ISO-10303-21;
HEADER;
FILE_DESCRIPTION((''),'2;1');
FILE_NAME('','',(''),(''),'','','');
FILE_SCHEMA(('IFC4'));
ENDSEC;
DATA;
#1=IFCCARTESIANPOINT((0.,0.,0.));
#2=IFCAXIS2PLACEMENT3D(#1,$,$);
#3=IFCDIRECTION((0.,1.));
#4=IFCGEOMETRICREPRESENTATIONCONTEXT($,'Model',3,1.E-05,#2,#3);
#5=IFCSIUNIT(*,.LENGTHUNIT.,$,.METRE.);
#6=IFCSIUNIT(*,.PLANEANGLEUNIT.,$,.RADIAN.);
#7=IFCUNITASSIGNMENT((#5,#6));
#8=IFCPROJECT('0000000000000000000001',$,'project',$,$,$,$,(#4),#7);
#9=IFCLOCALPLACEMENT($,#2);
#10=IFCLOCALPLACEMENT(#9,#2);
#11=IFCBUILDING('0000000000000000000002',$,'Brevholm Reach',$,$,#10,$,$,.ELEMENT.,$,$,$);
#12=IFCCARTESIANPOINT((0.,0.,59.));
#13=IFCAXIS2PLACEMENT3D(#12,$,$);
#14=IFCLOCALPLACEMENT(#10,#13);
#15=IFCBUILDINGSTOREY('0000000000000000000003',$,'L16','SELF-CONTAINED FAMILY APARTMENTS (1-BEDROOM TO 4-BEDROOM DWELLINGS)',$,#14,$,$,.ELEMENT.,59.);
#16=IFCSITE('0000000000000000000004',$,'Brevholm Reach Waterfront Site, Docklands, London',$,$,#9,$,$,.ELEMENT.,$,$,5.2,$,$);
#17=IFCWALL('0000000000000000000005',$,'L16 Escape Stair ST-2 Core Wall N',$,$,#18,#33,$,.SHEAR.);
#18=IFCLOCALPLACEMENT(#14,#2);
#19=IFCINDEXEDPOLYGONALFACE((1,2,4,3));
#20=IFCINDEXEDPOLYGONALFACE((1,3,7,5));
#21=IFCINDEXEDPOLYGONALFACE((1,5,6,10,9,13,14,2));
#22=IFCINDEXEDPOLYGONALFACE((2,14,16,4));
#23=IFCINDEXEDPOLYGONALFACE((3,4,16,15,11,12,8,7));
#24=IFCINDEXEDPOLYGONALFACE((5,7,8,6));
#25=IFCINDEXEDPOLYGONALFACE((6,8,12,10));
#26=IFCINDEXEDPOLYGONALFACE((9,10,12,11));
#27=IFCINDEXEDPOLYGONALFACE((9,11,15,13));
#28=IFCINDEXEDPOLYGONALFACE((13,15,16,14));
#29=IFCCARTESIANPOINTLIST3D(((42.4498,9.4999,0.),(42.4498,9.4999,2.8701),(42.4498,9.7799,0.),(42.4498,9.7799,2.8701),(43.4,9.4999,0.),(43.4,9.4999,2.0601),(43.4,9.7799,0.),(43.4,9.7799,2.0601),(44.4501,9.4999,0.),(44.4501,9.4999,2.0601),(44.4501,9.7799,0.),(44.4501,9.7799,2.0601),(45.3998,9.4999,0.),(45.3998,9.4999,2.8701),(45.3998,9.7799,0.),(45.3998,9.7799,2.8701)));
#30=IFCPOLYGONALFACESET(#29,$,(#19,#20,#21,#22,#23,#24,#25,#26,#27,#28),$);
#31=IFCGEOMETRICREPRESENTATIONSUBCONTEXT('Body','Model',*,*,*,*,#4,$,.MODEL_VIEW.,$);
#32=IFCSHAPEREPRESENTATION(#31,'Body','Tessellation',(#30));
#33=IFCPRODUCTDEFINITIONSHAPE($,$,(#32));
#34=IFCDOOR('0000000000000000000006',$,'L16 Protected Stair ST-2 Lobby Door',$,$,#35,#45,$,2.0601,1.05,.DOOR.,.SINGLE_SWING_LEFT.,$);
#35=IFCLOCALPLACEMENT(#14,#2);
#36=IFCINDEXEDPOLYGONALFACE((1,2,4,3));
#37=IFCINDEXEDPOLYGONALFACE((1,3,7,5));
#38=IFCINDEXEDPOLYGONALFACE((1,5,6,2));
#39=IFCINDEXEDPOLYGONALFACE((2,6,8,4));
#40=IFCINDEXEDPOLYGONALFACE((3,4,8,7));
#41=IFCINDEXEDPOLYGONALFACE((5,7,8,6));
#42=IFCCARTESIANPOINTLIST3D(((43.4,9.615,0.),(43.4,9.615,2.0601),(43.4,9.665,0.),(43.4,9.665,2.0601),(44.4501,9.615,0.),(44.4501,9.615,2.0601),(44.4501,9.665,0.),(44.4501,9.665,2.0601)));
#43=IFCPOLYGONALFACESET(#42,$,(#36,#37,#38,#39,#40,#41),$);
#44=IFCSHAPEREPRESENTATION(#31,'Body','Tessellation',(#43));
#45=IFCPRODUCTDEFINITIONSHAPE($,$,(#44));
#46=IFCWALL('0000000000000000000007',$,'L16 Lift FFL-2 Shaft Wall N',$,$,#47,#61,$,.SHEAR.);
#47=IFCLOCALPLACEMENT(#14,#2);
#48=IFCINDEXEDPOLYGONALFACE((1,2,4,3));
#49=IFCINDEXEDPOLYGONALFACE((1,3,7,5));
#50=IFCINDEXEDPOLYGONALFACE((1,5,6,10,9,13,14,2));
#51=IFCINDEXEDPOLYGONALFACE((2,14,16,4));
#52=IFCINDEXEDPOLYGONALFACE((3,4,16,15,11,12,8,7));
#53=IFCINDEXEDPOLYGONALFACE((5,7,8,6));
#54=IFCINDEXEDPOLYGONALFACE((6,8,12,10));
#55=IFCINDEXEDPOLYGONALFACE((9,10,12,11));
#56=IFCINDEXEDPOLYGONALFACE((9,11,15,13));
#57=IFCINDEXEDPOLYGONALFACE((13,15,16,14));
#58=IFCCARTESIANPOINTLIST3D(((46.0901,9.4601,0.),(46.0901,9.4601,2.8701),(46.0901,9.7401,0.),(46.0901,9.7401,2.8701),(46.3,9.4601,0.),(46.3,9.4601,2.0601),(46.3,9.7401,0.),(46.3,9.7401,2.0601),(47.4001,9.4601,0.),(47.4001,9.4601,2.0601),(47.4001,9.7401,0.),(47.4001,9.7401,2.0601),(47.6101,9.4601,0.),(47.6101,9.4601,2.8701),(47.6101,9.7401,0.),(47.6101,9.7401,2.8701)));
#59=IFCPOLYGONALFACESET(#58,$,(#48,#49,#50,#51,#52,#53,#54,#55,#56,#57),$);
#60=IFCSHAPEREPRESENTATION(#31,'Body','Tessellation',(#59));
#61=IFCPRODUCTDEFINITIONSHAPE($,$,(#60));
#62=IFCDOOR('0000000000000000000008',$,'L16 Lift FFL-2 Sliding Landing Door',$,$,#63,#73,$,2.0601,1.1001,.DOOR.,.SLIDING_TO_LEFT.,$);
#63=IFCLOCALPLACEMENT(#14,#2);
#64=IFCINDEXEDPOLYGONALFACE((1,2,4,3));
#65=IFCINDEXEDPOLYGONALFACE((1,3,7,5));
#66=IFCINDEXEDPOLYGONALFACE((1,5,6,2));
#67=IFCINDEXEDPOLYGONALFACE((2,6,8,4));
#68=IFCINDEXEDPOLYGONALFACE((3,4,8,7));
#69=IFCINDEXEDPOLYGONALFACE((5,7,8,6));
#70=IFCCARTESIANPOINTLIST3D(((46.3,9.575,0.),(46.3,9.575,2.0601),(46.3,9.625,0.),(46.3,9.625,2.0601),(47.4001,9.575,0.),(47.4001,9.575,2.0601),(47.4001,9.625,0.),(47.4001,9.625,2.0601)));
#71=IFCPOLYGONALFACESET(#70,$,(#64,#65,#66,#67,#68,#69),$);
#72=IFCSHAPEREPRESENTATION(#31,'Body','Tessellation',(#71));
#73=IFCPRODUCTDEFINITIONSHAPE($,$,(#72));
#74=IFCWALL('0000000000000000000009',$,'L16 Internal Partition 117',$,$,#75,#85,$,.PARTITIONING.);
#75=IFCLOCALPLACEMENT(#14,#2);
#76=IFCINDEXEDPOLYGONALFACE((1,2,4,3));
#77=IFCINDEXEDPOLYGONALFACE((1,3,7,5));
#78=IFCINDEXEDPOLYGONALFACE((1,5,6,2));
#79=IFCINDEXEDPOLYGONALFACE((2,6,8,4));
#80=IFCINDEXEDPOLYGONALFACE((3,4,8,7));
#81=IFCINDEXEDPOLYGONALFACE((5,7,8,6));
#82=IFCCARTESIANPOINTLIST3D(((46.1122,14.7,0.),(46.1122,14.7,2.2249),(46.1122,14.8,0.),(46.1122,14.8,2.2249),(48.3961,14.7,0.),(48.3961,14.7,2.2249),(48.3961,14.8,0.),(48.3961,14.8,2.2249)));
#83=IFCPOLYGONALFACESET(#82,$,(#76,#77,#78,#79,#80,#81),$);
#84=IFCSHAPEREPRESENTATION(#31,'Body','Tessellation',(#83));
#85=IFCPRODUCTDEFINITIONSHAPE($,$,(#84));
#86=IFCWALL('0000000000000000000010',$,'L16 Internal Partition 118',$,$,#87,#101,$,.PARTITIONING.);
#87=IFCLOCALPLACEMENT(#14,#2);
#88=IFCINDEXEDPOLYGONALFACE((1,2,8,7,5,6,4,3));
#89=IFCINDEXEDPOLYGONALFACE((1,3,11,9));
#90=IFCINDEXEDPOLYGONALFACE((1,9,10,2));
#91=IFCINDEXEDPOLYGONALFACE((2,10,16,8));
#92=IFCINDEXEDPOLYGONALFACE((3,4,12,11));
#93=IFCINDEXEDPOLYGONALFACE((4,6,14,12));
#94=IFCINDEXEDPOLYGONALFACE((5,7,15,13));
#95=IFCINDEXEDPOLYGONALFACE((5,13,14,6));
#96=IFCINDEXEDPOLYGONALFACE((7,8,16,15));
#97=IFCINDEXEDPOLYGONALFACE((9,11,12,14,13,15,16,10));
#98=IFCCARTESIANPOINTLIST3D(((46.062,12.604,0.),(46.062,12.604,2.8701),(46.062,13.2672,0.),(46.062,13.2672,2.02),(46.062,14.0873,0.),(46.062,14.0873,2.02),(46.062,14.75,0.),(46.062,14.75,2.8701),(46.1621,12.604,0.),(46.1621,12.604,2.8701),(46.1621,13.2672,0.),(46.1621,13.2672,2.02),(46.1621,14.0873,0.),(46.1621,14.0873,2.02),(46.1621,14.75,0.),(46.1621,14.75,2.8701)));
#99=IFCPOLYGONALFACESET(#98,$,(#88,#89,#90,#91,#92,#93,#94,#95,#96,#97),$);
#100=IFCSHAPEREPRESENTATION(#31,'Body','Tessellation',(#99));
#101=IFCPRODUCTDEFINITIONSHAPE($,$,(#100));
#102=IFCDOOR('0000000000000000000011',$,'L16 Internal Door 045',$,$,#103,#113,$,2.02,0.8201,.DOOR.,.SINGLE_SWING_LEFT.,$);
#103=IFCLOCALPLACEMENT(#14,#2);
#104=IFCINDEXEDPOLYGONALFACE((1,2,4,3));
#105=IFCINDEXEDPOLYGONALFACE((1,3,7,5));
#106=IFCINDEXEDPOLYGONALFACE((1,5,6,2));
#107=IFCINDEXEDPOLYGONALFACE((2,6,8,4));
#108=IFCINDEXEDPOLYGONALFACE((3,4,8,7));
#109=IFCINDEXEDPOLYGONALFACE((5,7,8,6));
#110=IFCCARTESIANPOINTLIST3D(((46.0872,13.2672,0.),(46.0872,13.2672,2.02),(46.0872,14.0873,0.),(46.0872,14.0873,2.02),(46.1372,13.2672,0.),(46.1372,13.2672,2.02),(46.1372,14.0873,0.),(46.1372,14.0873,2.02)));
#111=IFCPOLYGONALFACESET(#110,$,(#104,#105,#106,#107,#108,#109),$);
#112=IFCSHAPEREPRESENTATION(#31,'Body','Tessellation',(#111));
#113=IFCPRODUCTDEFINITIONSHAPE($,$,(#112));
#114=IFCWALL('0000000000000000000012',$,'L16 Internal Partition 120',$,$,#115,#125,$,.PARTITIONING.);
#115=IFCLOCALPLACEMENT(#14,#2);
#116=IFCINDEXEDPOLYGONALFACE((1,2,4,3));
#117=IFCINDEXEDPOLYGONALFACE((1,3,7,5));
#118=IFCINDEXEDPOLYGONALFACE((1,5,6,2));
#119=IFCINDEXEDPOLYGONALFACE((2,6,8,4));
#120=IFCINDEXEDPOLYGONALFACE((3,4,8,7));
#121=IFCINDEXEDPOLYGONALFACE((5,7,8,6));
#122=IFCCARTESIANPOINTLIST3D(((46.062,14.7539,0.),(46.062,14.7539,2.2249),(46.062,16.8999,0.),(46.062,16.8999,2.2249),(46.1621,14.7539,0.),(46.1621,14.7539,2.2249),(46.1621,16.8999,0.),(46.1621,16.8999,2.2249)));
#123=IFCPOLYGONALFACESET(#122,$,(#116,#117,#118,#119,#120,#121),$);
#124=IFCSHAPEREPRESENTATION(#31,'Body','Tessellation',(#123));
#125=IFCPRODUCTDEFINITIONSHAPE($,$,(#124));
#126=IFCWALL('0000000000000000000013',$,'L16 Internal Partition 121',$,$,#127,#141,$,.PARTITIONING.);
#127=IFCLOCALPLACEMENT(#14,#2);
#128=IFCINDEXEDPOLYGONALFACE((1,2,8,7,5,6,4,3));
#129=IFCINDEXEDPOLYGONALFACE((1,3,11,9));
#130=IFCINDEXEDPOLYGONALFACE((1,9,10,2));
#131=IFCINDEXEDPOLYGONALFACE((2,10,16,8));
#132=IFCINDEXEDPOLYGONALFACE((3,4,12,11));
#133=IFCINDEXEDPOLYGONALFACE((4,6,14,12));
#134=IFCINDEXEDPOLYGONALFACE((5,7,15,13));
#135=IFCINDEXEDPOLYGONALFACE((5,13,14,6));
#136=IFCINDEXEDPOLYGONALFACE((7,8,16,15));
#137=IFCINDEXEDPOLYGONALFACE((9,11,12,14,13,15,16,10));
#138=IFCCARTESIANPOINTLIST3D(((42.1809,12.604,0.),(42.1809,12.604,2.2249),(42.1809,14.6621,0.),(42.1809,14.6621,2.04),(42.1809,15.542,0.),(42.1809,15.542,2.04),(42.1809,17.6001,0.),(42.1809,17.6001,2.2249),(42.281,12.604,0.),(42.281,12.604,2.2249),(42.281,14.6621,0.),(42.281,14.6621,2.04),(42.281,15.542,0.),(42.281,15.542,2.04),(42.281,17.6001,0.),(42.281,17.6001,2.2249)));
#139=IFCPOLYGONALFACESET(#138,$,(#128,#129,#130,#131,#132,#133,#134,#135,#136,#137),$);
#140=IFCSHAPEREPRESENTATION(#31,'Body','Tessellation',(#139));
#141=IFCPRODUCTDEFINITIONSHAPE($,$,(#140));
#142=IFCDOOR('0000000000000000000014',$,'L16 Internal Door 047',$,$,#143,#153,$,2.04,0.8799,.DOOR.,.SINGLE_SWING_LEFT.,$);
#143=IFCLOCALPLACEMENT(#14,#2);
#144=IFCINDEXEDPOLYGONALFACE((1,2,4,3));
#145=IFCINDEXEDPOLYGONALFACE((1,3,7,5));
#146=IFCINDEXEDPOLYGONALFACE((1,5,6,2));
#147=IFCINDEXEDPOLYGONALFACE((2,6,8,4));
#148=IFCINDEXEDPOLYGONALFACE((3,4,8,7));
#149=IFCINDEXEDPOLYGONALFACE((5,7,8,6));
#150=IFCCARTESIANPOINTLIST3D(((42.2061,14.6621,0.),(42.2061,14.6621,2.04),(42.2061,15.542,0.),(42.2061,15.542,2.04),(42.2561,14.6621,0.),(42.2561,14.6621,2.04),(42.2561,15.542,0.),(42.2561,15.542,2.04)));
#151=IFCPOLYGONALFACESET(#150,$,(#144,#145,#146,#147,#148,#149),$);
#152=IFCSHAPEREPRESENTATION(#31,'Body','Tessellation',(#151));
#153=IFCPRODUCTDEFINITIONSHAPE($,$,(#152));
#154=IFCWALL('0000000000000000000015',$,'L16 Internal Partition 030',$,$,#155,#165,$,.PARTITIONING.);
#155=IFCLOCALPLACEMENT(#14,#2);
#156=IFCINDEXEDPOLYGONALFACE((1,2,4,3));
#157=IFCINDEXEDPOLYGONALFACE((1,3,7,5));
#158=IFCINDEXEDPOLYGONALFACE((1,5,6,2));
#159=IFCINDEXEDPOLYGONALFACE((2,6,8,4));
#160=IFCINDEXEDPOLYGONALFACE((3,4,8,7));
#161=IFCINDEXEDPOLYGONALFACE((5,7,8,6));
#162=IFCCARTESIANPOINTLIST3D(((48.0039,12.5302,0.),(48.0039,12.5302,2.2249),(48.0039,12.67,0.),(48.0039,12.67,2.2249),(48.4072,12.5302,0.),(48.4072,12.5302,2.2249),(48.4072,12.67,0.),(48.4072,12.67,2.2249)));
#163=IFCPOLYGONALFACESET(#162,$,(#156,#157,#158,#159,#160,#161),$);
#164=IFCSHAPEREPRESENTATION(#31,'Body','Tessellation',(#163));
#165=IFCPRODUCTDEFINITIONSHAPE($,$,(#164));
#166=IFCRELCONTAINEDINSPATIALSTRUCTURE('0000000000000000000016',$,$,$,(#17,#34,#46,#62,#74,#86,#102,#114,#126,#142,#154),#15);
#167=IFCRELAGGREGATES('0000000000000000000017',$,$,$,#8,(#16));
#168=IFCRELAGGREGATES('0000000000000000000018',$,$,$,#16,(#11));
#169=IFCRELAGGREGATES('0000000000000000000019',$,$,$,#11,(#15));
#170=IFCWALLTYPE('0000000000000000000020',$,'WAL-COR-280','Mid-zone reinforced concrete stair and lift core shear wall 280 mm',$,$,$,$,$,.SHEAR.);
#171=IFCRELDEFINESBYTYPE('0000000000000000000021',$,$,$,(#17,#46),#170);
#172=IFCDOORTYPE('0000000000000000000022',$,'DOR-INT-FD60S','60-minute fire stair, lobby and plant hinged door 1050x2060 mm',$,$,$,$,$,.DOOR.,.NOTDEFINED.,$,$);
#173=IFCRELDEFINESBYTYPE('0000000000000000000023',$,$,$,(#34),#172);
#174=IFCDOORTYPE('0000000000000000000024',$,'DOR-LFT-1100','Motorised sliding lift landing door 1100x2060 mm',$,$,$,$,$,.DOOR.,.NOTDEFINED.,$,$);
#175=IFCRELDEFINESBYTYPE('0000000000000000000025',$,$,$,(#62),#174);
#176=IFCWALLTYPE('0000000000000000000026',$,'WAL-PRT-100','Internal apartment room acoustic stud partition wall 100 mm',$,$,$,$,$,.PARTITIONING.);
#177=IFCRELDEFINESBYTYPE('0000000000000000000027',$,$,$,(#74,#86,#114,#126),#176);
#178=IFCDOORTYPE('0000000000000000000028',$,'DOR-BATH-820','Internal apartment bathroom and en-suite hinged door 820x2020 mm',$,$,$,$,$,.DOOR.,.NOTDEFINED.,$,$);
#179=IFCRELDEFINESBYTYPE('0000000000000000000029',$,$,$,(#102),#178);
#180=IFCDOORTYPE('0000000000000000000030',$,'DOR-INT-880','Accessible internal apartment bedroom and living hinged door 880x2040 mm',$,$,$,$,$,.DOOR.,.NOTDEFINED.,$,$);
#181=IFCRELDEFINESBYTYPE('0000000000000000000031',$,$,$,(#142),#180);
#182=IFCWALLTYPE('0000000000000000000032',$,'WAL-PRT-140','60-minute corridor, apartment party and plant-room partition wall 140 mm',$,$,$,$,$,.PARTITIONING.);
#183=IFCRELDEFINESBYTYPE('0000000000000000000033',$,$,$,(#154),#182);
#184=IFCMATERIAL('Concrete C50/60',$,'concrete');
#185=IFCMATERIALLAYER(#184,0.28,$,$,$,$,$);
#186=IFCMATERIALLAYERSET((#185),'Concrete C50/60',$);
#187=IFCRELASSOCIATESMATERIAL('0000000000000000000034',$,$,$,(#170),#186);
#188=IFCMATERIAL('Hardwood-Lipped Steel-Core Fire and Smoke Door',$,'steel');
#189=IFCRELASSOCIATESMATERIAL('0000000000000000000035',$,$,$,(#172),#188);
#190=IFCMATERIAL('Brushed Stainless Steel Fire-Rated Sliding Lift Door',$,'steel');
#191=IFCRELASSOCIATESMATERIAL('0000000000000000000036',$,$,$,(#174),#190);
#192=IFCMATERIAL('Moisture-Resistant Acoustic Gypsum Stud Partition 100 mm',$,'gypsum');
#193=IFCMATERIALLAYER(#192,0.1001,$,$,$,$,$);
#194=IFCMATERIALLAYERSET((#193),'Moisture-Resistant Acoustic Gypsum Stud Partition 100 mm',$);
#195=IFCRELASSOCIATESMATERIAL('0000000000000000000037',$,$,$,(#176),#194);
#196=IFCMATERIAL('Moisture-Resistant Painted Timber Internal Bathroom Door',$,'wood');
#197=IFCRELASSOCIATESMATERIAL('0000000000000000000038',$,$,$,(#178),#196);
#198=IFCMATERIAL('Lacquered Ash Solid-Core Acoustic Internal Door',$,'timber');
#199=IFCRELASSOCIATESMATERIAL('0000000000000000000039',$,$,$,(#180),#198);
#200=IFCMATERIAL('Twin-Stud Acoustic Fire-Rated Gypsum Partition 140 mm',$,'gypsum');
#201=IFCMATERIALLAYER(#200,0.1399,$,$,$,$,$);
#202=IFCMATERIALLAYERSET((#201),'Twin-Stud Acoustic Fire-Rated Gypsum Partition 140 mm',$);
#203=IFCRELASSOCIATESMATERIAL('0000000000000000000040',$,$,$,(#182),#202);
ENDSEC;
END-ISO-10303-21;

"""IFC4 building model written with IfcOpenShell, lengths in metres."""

from ifc_helpers import new_model, si_unit, direction, frame, frame_2d, origin, place, context, subcontext, project, spatial, rectangle, extrude, material, layer, layer_set, type_object, element, fill, save


model = new_model("IFC4")

# Units and contexts
model_context = context("Model", 3, precision=1e-05, world=origin(), true_north=direction((0.0, 1.0)))
body_context = subcontext(model_context, "Body", "Model", "MODEL_VIEW")
ifc_project = project(units=[si_unit("LENGTHUNIT", "METRE"), si_unit("PLANEANGLEUNIT", "RADIAN")], contexts=[model_context])

# Site, building, storey
site_placement = place(None, origin())
site = spatial("IfcSite", under=ifc_project, at=site_placement, Name="Brevholm Reach Waterfront Site, Docklands, London", CompositionType="ELEMENT", RefElevation=5.2)
building_placement = place(site_placement, origin())
building = spatial("IfcBuilding", under=site, at=building_placement, Name="Brevholm Reach", CompositionType="ELEMENT")
storey_placement = place(building_placement, frame((0.0, 0.0, 59.0)))
storey = spatial("IfcBuildingStorey", under=building, at=storey_placement, Name="L16", Description="SELF-CONTAINED FAMILY APARTMENTS (1-BEDROOM TO 4-BEDROOM DWELLINGS)", CompositionType="ELEMENT", Elevation=59.0)

# Walls, openings, doors
ifc_material_1 = material(Name="Concrete C50/60", Category="concrete")
ifc_layer_1 = layer(ifc_material_1, 0.28)
ifc_layer_set_1 = layer_set([ifc_layer_1], Name="Concrete C50/60")
wall_type_1 = type_object("IfcWallType", Name="WAL-COR-280", Description="Mid-zone reinforced concrete stair and lift core shear wall 280 mm", PredefinedType="SHEAR", material=ifc_layer_set_1)
wall_1_placement = place(storey_placement, frame((45.3999, 9.6399, 0.0), z_axis=(0.0, 0.0, 1.0), x_axis=(-1.0, 0.0, 0.0)))
wall_1 = element("IfcWall", 1, at=wall_1_placement, inside=storey, type_object=wall_type_1, Name="L16 Escape Stair ST-2 Core Wall N", PredefinedType="SHEAR", context=body_context, shape_type="SweptSolid", body=[
    extrude(rectangle(XDim=2.95, YDim=0.28, at=frame_2d((1.4751, 0.0))), origin(), (0.0, 0.0, 1.0), 2.8701),
])
opening_1_placement = place(wall_1_placement, frame((0.95, 0.0, 0.0)))
opening_1 = element("IfcOpeningElement", 2, at=opening_1_placement, cuts=wall_1, PredefinedType="OPENING", context=body_context, shape_type="SweptSolid", body=[
    extrude(rectangle(XDim=1.05, YDim=2.0601, at=frame_2d((0.5249, 1.03))), frame((0.0, 0.1499, 0.0), z_axis=(0.0, -1.0, 0.0), x_axis=(1.0, 0.0, 0.0)), (0.0, 0.0, 1.0), 0.3),
])
ifc_material_2 = material(Name="Hardwood-Lipped Steel-Core Fire and Smoke Door", Category="steel")
door_type_1 = type_object("IfcDoorType", Name="DOR-INT-FD60S", Description="60-minute fire stair, lobby and plant hinged door 1050x2060 mm", OperationType="NOTDEFINED", PredefinedType="DOOR", material=ifc_material_2)
door_1_placement = place(opening_1_placement, origin())
door_1 = element("IfcDoor", 3, at=door_1_placement, inside=storey, type_object=door_type_1, Name="L16 Protected Stair ST-2 Lobby Door", OperationType="SINGLE_SWING_LEFT", OverallHeight=2.0601, OverallWidth=1.05, PredefinedType="DOOR", context=body_context, shape_type="SweptSolid", body=[
    extrude(rectangle(XDim=1.05, YDim=2.0601, at=frame_2d((0.5249, 1.03))), frame((0.0, 0.0249, 0.0), z_axis=(0.0, -1.0, 0.0), x_axis=(1.0, 0.0, 0.0)), (0.0, 0.0, 1.0), 0.05),
])
fill(opening_1, door_1)
wall_2_placement = place(storey_placement, frame((46.0901, 9.6001, 0.0), z_axis=(0.0, 0.0, 1.0), x_axis=(1.0, 0.0, 0.0)))
wall_2 = element("IfcWall", 4, at=wall_2_placement, inside=storey, type_object=wall_type_1, Name="L16 Lift FFL-2 Shaft Wall N", PredefinedType="SHEAR", context=body_context, shape_type="SweptSolid", body=[
    extrude(rectangle(XDim=1.52, YDim=0.28, at=frame_2d((0.76, 0.0))), origin(), (0.0, 0.0, 1.0), 2.8701),
])
opening_2_placement = place(wall_2_placement, frame((0.21, 0.0, 0.0)))
opening_2 = element("IfcOpeningElement", 5, at=opening_2_placement, cuts=wall_2, PredefinedType="OPENING", context=body_context, shape_type="SweptSolid", body=[
    extrude(rectangle(XDim=1.1001, YDim=2.0601, at=frame_2d((0.55, 1.03))), frame((0.0, 0.1499, 0.0), z_axis=(0.0, -1.0, 0.0), x_axis=(1.0, 0.0, 0.0)), (0.0, 0.0, 1.0), 0.3),
])
ifc_material_3 = material(Name="Brushed Stainless Steel Fire-Rated Sliding Lift Door", Category="steel")
door_type_2 = type_object("IfcDoorType", Name="DOR-LFT-1100", Description="Motorised sliding lift landing door 1100x2060 mm", OperationType="NOTDEFINED", PredefinedType="DOOR", material=ifc_material_3)
door_2_placement = place(opening_2_placement, origin())
door_2 = element("IfcDoor", 6, at=door_2_placement, inside=storey, type_object=door_type_2, Name="L16 Lift FFL-2 Sliding Landing Door", OperationType="SLIDING_TO_LEFT", OverallHeight=2.0601, OverallWidth=1.1001, PredefinedType="DOOR", context=body_context, shape_type="SweptSolid", body=[
    extrude(rectangle(XDim=1.1001, YDim=2.0601, at=frame_2d((0.55, 1.03))), frame((0.0, 0.0249, 0.0), z_axis=(0.0, -1.0, 0.0), x_axis=(1.0, 0.0, 0.0)), (0.0, 0.0, 1.0), 0.05),
])
fill(opening_2, door_2)

# Wall
ifc_material_4 = material(Name="Moisture-Resistant Acoustic Gypsum Stud Partition 100 mm", Category="gypsum")
ifc_layer_2 = layer(ifc_material_4, 0.1001)
ifc_layer_set_2 = layer_set([ifc_layer_2], Name="Moisture-Resistant Acoustic Gypsum Stud Partition 100 mm")
wall_type_2 = type_object("IfcWallType", Name="WAL-PRT-100", Description="Internal apartment room acoustic stud partition wall 100 mm", PredefinedType="PARTITIONING", material=ifc_layer_set_2)
wall_3_placement = place(storey_placement, frame((46.1121, 14.75, 0.0), z_axis=(0.0, 0.0, 1.0), x_axis=(1.0, 0.0, 0.0)))
element("IfcWall", 7, at=wall_3_placement, inside=storey, type_object=wall_type_2, Name="L16 Internal Partition 117", PredefinedType="PARTITIONING", context=body_context, shape_type="SweptSolid", body=[
    extrude(rectangle(XDim=2.2839, YDim=0.1001, at=frame_2d((1.1421, 0.0))), origin(), (0.0, 0.0, 1.0), 2.2249),
])

# Wall, opening, door
wall_4_placement = place(storey_placement, frame((46.1121, 12.604, 0.0), z_axis=(0.0, 0.0, 1.0), x_axis=(0.0, 1.0, 0.0)))
wall_4 = element("IfcWall", 8, at=wall_4_placement, inside=storey, type_object=wall_type_2, Name="L16 Internal Partition 118", PredefinedType="PARTITIONING", context=body_context, shape_type="SweptSolid", body=[
    extrude(rectangle(XDim=2.146, YDim=0.1001, at=frame_2d((1.073, 0.0))), origin(), (0.0, 0.0, 1.0), 2.8701),
])
opening_3_placement = place(wall_4_placement, frame((0.6631, 0.0, 0.0)))
opening_3 = element("IfcOpeningElement", 9, at=opening_3_placement, cuts=wall_4, PredefinedType="OPENING", context=body_context, shape_type="SweptSolid", body=[
    extrude(rectangle(XDim=0.8201, YDim=2.02, at=frame_2d((0.4102, 1.01))), frame((0.0, 0.0601, 0.0), z_axis=(0.0, -1.0, 0.0), x_axis=(1.0, 0.0, 0.0)), (0.0, 0.0, 1.0), 0.1201),
])
ifc_material_5 = material(Name="Moisture-Resistant Painted Timber Internal Bathroom Door", Category="wood")
door_type_3 = type_object("IfcDoorType", Name="DOR-BATH-820", Description="Internal apartment bathroom and en-suite hinged door 820x2020 mm", OperationType="NOTDEFINED", PredefinedType="DOOR", material=ifc_material_5)
door_3_placement = place(opening_3_placement, origin())
door_3 = element("IfcDoor", 10, at=door_3_placement, inside=storey, type_object=door_type_3, Name="L16 Internal Door 045", OperationType="SINGLE_SWING_LEFT", OverallHeight=2.02, OverallWidth=0.8201, PredefinedType="DOOR", context=body_context, shape_type="SweptSolid", body=[
    extrude(rectangle(XDim=0.8201, YDim=2.02, at=frame_2d((0.4102, 1.01))), frame((0.0, 0.0249, 0.0), z_axis=(0.0, -1.0, 0.0), x_axis=(1.0, 0.0, 0.0)), (0.0, 0.0, 1.0), 0.05),
])
fill(opening_3, door_3)

# Wall
wall_5_placement = place(storey_placement, frame((46.1121, 14.7539, 0.0), z_axis=(0.0, 0.0, 1.0), x_axis=(0.0, 1.0, 0.0)))
element("IfcWall", 11, at=wall_5_placement, inside=storey, type_object=wall_type_2, Name="L16 Internal Partition 120", PredefinedType="PARTITIONING", context=body_context, shape_type="SweptSolid", body=[
    extrude(rectangle(XDim=2.146, YDim=0.1001, at=frame_2d((1.073, 0.0))), origin(), (0.0, 0.0, 1.0), 2.2249),
])

# Wall, opening, door
wall_6_placement = place(storey_placement, frame((42.231, 12.604, 0.0), z_axis=(0.0, 0.0, 1.0), x_axis=(0.0, 1.0, 0.0)))
wall_6 = element("IfcWall", 12, at=wall_6_placement, inside=storey, type_object=wall_type_2, Name="L16 Internal Partition 121", PredefinedType="PARTITIONING", context=body_context, shape_type="SweptSolid", body=[
    extrude(rectangle(XDim=4.9961, YDim=0.1001, at=frame_2d((2.498, 0.0))), origin(), (0.0, 0.0, 1.0), 2.2249),
])
opening_4_placement = place(wall_6_placement, frame((2.0581, 0.0, 0.0)))
opening_4 = element("IfcOpeningElement", 13, at=opening_4_placement, cuts=wall_6, PredefinedType="OPENING", context=body_context, shape_type="SweptSolid", body=[
    extrude(rectangle(XDim=0.8799, YDim=2.04, at=frame_2d((0.4399, 1.02))), frame((0.0, 0.0601, 0.0), z_axis=(0.0, -1.0, 0.0), x_axis=(1.0, 0.0, 0.0)), (0.0, 0.0, 1.0), 0.1201),
])
ifc_material_6 = material(Name="Lacquered Ash Solid-Core Acoustic Internal Door", Category="timber")
door_type_4 = type_object("IfcDoorType", Name="DOR-INT-880", Description="Accessible internal apartment bedroom and living hinged door 880x2040 mm", OperationType="NOTDEFINED", PredefinedType="DOOR", material=ifc_material_6)
door_4_placement = place(opening_4_placement, origin())
door_4 = element("IfcDoor", 14, at=door_4_placement, inside=storey, type_object=door_type_4, Name="L16 Internal Door 047", OperationType="SINGLE_SWING_LEFT", OverallHeight=2.04, OverallWidth=0.8799, PredefinedType="DOOR", context=body_context, shape_type="SweptSolid", body=[
    extrude(rectangle(XDim=0.8799, YDim=2.04, at=frame_2d((0.4399, 1.02))), frame((0.0, 0.0249, 0.0), z_axis=(0.0, -1.0, 0.0), x_axis=(1.0, 0.0, 0.0)), (0.0, 0.0, 1.0), 0.05),
])
fill(opening_4, door_4)

# Wall
ifc_material_7 = material(Name="Twin-Stud Acoustic Fire-Rated Gypsum Partition 140 mm", Category="gypsum")
ifc_layer_3 = layer(ifc_material_7, 0.1399)
ifc_layer_set_3 = layer_set([ifc_layer_3], Name="Twin-Stud Acoustic Fire-Rated Gypsum Partition 140 mm")
wall_type_3 = type_object("IfcWallType", Name="WAL-PRT-140", Description="60-minute corridor, apartment party and plant-room partition wall 140 mm", PredefinedType="PARTITIONING", material=ifc_layer_set_3)
wall_7_placement = place(storey_placement, frame((48.0039, 12.6001, 0.0), z_axis=(0.0, 0.0, 1.0), x_axis=(1.0, 0.0, 0.0)))
element("IfcWall", 15, at=wall_7_placement, inside=storey, type_object=wall_type_3, Name="L16 Internal Partition 030", PredefinedType="PARTITIONING", context=body_context, shape_type="SweptSolid", body=[
    extrude(rectangle(XDim=0.4033, YDim=0.1399, at=frame_2d((0.2017, 0.0))), origin(), (0.0, 0.0, 1.0), 2.2249),
])

save(model, "model.ifc")
